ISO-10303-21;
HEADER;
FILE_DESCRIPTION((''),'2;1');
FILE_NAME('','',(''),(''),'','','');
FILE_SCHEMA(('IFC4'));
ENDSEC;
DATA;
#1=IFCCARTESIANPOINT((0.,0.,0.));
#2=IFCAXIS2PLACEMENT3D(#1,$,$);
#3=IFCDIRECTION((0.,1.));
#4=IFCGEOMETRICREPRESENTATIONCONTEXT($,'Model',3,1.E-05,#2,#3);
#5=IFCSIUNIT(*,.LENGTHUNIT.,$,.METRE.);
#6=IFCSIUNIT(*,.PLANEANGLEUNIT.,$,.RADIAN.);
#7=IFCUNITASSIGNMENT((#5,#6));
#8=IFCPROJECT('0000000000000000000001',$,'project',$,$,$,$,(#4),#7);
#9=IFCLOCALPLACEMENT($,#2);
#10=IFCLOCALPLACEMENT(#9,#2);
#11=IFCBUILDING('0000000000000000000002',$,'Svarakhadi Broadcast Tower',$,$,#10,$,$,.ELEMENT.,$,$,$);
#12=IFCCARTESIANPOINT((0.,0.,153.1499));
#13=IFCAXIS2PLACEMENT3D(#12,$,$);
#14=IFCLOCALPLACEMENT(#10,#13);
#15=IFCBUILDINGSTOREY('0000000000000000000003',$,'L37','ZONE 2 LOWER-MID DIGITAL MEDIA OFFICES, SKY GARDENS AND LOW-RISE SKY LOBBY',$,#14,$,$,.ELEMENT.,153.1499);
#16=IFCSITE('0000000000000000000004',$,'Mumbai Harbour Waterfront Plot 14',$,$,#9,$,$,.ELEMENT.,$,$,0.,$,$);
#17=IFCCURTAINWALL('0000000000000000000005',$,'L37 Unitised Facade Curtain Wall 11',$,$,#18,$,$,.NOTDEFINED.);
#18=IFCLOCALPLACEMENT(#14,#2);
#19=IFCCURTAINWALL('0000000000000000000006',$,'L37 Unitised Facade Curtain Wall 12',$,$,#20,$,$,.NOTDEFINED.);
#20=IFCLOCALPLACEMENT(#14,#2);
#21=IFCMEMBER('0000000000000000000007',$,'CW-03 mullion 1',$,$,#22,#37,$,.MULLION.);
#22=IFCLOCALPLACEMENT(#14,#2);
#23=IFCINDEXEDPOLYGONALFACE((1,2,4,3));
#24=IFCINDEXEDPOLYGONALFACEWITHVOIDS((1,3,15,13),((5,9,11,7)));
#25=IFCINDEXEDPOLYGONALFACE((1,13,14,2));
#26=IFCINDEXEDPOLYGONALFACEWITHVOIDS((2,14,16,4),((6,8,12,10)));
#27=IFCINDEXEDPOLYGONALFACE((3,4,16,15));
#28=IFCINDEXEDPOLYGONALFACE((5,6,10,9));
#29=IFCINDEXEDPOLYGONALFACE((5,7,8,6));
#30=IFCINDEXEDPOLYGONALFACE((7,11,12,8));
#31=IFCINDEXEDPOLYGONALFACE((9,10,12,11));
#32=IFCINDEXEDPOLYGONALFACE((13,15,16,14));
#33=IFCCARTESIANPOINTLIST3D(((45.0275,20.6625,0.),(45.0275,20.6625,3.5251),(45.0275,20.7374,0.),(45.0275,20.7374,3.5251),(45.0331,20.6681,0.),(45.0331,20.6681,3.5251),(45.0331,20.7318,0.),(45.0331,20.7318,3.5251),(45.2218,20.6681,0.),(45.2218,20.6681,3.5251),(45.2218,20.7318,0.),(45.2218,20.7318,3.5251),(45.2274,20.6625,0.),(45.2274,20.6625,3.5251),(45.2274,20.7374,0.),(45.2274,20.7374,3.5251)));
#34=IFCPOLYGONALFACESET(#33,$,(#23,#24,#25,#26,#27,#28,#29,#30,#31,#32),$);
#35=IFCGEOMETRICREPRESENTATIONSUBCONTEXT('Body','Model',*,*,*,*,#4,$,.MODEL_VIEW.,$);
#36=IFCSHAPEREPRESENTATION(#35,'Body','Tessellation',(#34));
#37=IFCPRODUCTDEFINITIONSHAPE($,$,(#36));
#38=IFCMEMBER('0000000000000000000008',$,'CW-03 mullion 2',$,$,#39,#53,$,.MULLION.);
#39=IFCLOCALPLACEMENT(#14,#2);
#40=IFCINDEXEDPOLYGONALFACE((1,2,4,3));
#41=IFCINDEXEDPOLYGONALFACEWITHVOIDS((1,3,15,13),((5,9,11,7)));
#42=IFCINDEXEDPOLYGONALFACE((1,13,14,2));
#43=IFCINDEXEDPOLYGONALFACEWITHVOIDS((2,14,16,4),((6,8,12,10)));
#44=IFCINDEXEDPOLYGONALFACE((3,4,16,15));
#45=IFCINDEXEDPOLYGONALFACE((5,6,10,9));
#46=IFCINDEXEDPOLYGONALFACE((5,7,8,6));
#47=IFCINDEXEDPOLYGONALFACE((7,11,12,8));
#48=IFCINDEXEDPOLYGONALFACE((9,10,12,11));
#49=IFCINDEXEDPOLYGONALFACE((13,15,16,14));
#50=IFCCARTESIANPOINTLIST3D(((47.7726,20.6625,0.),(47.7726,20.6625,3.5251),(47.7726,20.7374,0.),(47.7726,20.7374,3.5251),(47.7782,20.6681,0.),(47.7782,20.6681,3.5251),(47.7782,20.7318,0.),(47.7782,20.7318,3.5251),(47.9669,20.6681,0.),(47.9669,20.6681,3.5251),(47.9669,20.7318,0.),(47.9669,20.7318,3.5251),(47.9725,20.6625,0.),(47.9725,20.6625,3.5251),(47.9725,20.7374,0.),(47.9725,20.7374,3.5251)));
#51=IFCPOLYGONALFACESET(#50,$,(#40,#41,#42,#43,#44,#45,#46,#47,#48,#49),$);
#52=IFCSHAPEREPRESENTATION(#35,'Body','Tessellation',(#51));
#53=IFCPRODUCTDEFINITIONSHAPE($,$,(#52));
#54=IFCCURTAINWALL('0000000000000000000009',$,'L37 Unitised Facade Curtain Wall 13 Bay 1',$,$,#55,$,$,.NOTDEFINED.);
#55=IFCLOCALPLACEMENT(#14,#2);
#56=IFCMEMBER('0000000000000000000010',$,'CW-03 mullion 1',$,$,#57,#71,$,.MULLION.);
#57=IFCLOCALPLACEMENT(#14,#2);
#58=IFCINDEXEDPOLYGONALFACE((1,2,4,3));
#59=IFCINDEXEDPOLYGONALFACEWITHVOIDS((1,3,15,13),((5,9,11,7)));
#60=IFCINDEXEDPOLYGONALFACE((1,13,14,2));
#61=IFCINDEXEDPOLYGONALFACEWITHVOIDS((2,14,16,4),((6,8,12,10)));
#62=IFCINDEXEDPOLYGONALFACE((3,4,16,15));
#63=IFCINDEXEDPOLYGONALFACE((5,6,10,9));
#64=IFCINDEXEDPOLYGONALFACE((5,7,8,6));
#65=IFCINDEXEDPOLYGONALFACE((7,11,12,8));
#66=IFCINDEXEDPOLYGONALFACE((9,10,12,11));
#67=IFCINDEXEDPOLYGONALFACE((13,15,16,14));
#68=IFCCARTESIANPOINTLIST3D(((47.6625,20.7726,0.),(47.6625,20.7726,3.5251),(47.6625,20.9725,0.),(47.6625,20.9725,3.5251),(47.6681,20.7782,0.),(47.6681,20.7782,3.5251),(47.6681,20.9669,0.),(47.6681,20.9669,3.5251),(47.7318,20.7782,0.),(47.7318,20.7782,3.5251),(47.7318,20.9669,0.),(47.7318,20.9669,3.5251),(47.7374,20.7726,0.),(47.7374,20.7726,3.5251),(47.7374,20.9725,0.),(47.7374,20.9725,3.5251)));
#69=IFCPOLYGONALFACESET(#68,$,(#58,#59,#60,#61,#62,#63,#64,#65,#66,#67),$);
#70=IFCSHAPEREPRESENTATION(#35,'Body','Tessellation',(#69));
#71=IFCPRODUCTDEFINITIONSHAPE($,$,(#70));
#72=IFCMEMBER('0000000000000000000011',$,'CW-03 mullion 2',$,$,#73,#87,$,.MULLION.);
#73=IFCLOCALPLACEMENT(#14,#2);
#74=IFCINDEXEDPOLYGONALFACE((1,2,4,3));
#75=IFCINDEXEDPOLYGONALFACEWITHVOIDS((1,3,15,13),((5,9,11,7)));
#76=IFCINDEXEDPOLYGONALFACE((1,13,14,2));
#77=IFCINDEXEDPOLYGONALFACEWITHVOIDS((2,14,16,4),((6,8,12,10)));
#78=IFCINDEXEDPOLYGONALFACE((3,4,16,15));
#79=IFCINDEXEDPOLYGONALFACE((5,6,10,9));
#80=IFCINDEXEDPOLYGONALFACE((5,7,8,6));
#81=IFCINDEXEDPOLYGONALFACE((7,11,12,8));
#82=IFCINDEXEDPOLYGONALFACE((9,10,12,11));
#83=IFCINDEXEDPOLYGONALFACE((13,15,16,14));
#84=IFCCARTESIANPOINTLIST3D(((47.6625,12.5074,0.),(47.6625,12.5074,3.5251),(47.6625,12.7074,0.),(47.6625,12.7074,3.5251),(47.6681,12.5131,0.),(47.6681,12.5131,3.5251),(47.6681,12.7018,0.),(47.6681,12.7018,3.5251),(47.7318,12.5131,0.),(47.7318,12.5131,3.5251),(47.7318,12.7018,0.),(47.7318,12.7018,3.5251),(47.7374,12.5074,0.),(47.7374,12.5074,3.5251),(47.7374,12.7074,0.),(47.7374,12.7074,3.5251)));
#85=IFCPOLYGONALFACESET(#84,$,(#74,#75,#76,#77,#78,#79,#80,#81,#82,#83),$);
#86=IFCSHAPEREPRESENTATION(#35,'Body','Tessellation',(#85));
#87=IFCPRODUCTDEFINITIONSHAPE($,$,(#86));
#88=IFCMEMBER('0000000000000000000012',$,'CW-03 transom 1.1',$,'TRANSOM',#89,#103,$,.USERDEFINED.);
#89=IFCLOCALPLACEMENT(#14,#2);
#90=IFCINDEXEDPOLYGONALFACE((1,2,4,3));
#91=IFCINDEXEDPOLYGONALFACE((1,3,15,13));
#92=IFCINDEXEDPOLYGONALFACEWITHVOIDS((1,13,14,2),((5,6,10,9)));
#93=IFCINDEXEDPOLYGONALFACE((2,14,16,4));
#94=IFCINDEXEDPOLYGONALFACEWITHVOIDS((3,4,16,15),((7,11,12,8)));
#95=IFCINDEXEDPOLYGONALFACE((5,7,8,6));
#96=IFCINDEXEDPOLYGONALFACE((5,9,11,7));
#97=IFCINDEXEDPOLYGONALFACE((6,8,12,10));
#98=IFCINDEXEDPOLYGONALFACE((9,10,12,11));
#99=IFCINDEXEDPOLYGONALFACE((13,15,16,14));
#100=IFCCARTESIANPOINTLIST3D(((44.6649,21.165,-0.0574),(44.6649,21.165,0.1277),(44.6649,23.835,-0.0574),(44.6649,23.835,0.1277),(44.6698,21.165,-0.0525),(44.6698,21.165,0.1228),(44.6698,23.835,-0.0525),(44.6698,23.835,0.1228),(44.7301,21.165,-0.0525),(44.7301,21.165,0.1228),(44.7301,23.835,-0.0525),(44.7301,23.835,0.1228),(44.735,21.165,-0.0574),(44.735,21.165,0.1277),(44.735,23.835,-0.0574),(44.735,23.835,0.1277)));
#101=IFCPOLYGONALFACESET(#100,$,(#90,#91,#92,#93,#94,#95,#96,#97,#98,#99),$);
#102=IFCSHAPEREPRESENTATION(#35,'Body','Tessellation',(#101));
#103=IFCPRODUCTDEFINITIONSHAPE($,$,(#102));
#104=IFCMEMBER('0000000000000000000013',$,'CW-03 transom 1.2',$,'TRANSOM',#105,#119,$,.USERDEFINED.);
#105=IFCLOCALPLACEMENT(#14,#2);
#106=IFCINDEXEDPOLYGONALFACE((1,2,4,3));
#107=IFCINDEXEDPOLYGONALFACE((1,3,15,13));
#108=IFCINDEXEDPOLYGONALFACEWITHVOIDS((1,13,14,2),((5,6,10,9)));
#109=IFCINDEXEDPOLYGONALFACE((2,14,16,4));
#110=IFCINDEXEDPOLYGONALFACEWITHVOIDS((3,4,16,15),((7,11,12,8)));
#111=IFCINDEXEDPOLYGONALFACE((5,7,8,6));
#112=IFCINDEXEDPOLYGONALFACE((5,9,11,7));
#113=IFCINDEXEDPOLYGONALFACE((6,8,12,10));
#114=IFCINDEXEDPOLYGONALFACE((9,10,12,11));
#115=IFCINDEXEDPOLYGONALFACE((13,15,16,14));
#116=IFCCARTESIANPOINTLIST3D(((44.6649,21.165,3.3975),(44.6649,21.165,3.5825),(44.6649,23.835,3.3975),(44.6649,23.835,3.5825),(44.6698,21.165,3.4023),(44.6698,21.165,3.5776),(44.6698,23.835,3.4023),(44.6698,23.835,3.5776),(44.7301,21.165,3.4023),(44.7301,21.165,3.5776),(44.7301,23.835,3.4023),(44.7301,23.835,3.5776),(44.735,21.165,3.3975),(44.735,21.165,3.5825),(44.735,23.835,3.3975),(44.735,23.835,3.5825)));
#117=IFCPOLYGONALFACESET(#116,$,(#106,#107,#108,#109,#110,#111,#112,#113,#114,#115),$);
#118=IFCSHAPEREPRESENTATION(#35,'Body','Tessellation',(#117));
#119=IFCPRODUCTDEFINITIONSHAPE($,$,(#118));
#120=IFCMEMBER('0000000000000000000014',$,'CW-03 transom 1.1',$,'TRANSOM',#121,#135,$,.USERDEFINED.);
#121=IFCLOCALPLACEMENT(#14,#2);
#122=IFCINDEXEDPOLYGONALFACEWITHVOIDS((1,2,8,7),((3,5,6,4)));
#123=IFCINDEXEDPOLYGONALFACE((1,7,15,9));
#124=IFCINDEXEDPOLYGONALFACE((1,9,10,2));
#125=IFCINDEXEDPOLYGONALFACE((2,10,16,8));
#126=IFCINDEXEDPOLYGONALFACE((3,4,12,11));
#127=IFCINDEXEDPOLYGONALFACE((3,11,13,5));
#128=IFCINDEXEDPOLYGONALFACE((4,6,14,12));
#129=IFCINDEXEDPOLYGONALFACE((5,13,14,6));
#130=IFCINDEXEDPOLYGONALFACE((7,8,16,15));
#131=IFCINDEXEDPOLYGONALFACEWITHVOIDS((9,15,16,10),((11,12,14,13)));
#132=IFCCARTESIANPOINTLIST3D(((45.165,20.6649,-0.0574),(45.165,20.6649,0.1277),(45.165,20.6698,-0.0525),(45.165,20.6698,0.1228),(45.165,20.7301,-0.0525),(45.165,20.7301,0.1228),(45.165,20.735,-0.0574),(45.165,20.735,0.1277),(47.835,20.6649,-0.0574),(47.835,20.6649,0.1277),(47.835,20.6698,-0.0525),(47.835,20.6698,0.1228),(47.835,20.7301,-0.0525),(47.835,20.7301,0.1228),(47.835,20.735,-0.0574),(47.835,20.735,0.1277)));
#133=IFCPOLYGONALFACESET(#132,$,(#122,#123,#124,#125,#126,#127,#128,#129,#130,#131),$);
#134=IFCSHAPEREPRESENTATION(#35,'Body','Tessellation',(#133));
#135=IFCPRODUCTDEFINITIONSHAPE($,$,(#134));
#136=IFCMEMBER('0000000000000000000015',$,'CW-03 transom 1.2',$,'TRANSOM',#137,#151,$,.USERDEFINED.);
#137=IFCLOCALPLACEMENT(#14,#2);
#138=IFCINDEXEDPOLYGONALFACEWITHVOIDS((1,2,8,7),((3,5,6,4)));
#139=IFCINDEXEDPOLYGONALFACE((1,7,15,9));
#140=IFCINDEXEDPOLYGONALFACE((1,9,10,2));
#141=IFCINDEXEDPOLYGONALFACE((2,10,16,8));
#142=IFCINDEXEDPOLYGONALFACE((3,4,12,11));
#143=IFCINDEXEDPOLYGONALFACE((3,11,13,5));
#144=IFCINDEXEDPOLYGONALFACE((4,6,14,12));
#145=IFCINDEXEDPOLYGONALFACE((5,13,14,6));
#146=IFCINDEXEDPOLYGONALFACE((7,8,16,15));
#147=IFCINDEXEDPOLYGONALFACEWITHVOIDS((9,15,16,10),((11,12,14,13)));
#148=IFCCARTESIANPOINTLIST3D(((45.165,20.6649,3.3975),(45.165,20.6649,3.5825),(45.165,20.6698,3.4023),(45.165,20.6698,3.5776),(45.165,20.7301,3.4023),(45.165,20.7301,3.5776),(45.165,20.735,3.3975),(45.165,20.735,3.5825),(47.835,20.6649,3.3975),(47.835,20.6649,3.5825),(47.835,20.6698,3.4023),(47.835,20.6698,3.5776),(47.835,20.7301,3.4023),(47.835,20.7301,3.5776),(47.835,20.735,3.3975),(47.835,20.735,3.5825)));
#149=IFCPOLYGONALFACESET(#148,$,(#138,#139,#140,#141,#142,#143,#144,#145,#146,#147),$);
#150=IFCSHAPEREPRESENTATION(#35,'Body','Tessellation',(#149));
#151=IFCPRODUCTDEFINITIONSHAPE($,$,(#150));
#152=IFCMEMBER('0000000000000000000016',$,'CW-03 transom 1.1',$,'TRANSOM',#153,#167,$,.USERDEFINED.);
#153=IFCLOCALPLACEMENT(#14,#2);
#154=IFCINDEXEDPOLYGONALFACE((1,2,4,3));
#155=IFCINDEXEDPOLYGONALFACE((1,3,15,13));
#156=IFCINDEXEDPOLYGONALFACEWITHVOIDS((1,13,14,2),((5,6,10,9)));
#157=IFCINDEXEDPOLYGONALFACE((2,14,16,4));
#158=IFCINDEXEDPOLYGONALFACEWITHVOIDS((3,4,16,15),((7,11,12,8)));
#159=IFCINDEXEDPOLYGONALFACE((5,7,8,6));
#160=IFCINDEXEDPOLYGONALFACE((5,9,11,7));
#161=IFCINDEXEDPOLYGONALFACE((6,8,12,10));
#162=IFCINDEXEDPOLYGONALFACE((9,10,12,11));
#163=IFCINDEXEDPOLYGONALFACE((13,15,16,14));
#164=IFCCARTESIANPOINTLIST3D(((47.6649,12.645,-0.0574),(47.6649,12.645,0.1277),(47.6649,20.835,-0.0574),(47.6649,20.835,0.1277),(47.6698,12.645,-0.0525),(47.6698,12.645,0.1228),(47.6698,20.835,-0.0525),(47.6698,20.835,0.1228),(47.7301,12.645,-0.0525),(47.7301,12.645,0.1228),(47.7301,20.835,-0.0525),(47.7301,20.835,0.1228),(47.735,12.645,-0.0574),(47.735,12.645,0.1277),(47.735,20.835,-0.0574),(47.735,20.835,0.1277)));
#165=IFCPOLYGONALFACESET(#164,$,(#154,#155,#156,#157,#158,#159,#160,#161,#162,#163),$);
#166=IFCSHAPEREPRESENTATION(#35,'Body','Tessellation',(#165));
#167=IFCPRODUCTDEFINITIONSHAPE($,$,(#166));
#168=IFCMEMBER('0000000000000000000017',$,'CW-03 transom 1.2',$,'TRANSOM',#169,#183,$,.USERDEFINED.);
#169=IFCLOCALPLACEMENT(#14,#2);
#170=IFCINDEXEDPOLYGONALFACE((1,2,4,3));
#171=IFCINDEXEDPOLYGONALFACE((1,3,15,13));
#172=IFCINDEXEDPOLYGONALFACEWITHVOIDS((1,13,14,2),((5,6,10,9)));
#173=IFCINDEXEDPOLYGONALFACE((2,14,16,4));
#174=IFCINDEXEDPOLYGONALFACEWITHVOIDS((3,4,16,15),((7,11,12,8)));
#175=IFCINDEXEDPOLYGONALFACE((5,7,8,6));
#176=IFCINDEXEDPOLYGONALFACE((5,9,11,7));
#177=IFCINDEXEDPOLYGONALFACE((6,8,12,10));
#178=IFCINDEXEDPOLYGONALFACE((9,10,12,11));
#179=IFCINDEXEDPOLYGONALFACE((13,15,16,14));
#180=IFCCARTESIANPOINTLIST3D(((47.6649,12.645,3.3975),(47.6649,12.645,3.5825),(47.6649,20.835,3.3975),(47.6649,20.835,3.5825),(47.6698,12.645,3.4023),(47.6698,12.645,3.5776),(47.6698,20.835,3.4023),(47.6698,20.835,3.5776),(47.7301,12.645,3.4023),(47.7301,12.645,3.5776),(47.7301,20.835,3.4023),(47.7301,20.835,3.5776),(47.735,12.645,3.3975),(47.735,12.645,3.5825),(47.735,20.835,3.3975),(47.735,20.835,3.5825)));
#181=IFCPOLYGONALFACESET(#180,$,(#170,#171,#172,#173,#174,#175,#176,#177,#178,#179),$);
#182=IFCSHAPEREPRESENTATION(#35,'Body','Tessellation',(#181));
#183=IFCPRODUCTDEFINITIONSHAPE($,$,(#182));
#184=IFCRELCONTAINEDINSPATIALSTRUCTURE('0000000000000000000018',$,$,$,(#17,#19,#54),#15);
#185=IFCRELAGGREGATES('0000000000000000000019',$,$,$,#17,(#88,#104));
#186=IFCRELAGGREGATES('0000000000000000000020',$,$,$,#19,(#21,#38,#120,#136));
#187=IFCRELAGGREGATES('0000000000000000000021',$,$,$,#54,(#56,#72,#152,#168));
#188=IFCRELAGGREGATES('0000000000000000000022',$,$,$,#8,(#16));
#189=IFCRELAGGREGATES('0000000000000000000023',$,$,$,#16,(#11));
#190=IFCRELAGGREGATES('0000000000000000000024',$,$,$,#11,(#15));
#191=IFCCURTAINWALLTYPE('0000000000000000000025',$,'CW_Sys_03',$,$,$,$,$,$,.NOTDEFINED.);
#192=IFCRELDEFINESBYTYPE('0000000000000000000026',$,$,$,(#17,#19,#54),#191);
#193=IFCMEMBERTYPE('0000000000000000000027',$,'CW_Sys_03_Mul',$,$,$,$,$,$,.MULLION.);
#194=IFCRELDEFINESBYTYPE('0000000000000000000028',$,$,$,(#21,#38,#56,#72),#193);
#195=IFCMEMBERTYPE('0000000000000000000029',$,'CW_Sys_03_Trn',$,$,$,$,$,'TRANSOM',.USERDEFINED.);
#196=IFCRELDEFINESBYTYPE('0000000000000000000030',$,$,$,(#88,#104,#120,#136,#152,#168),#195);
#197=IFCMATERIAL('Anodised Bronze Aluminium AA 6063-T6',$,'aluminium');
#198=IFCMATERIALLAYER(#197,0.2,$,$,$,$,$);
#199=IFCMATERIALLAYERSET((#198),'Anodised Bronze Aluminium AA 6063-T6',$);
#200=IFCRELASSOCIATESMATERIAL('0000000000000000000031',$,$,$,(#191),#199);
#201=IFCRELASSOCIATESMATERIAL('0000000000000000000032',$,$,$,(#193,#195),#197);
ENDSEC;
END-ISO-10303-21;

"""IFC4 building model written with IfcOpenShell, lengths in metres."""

from ifc_helpers import new_model, si_unit, direction, frame, origin, origin_2d, place, context, subcontext, project, spatial, hollow_rectangle, extrude, material, layer, layer_set, material_profile, profile_set, type_object, element, aggregate, save


model = new_model("IFC4")

# Units and contexts
model_context = context("Model", 3, precision=1e-05, world=origin(), true_north=direction((0.0, 1.0)))
body_context = subcontext(model_context, "Body", "Model", "MODEL_VIEW")
ifc_project = project(units=[si_unit("LENGTHUNIT", "METRE"), si_unit("PLANEANGLEUNIT", "RADIAN")], contexts=[model_context])

# Site, building, storey
site_placement = place(None, origin())
site = spatial("IfcSite", under=ifc_project, at=site_placement, Name="Mumbai Harbour Waterfront Plot 14", CompositionType="ELEMENT", RefElevation=0.0)
building_placement = place(site_placement, origin())
building = spatial("IfcBuilding", under=site, at=building_placement, Name="Svarakhadi Broadcast Tower", CompositionType="ELEMENT")
storey_placement = place(building_placement, frame((0.0, 0.0, 153.1499)))
storey = spatial("IfcBuildingStorey", under=building, at=storey_placement, Name="L37", Description="ZONE 2 LOWER-MID DIGITAL MEDIA OFFICES, SKY GARDENS AND LOW-RISE SKY LOBBY", CompositionType="ELEMENT", Elevation=153.1499)

# Shared definitions
ifc_material_1 = material(Name="Anodised Bronze Aluminium AA 6063-T6", Category="aluminium")
ifc_layer_1 = layer(ifc_material_1, 0.2)
ifc_layer_set_1 = layer_set([ifc_layer_1], Name="Anodised Bronze Aluminium AA 6063-T6")
curtain_wall_type = type_object("IfcCurtainWallType", Name="CW_Sys_03", PredefinedType="NOTDEFINED", material=ifc_layer_set_1)
ifc_material_profile_1 = material_profile(ifc_material_1, hollow_rectangle(XDim=0.075, YDim=0.2, WallThickness=0.0056, at=origin_2d()), Name="ALU MULLION 200x75x6")
ifc_profile_set_1 = profile_set([ifc_material_profile_1], Name="Anodised Bronze Aluminium AA 6063-T6")
member_type_1 = type_object("IfcMemberType", Name="CW_Sys_03_Mul", PredefinedType="MULLION", material=ifc_profile_set_1)

# Curtain walls, members
curtain_wall_1_placement = place(storey_placement, origin())
curtain_wall_1 = element("IfcCurtainWall", 1, at=curtain_wall_1_placement, inside=storey, type_object=curtain_wall_type, Name="L37 Unitised Facade Curtain Wall 11", PredefinedType="NOTDEFINED")
curtain_wall_2_placement = place(storey_placement, origin())
curtain_wall_2 = element("IfcCurtainWall", 2, at=curtain_wall_2_placement, inside=storey, type_object=curtain_wall_type, Name="L37 Unitised Facade Curtain Wall 12", PredefinedType="NOTDEFINED")
member_1_placement = place(storey_placement, frame((45.1274, 20.7, 0.0), z_axis=(0.0, 0.0, 1.0), x_axis=(0.0, 1.0, 0.0)))
member_1 = element("IfcMember", 3, at=member_1_placement, type_object=member_type_1, Name="CW-03 mullion 1", PredefinedType="MULLION", context=body_context, shape_type="SweptSolid", body=[
    extrude(hollow_rectangle(XDim=0.075, YDim=0.2, WallThickness=0.0056, at=origin_2d()), origin(), (0.0, 0.0, 1.0), 3.5251),
])
member_2_placement = place(storey_placement, frame((47.8726, 20.7, 0.0), z_axis=(0.0, 0.0, 1.0), x_axis=(0.0, 1.0, 0.0)))
member_2 = element("IfcMember", 4, at=member_2_placement, type_object=member_type_1, Name="CW-03 mullion 2", PredefinedType="MULLION", context=body_context, shape_type="SweptSolid", body=[
    extrude(hollow_rectangle(XDim=0.075, YDim=0.2, WallThickness=0.0056, at=origin_2d()), origin(), (0.0, 0.0, 1.0), 3.5251),
])
curtain_wall_3_placement = place(storey_placement, origin())
curtain_wall_3 = element("IfcCurtainWall", 5, at=curtain_wall_3_placement, inside=storey, type_object=curtain_wall_type, Name="L37 Unitised Facade Curtain Wall 13 Bay 1", PredefinedType="NOTDEFINED")
member_3_placement = place(storey_placement, frame((47.7, 20.8726, 0.0), z_axis=(0.0, 0.0, 1.0), x_axis=(1.0, 0.0, 0.0)))
member_3 = element("IfcMember", 6, at=member_3_placement, type_object=member_type_1, Name="CW-03 mullion 1", PredefinedType="MULLION", context=body_context, shape_type="SweptSolid", body=[
    extrude(hollow_rectangle(XDim=0.075, YDim=0.2, WallThickness=0.0056, at=origin_2d()), origin(), (0.0, 0.0, 1.0), 3.5251),
])
member_4_placement = place(storey_placement, frame((47.7, 12.6074, 0.0), z_axis=(0.0, 0.0, 1.0), x_axis=(1.0, 0.0, 0.0)))
member_4 = element("IfcMember", 7, at=member_4_placement, type_object=member_type_1, Name="CW-03 mullion 2", PredefinedType="MULLION", context=body_context, shape_type="SweptSolid", body=[
    extrude(hollow_rectangle(XDim=0.075, YDim=0.2, WallThickness=0.0056, at=origin_2d()), origin(), (0.0, 0.0, 1.0), 3.5251),
])

# Members
ifc_material_profile_2 = material_profile(ifc_material_1, hollow_rectangle(XDim=0.0701, YDim=0.1851, WallThickness=0.0049, at=origin_2d()), Name="ALU TRANSOM 185x70x5")
ifc_profile_set_2 = profile_set([ifc_material_profile_2], Name="Anodised Bronze Aluminium AA 6063-T6")
member_type_2 = type_object("IfcMemberType", Name="CW_Sys_03_Trn", ElementType="TRANSOM", PredefinedType="USERDEFINED", material=ifc_profile_set_2)
member_5_placement = place(storey_placement, frame((44.7, 23.835, 0.0352), z_axis=(0.0, -1.0, 0.0), x_axis=(1.0, 0.0, 0.0)))
member_5 = element("IfcMember", 8, at=member_5_placement, type_object=member_type_2, Name="CW-03 transom 1.1", ObjectType="TRANSOM", PredefinedType="USERDEFINED", context=body_context, shape_type="SweptSolid", body=[
    extrude(hollow_rectangle(XDim=0.0701, YDim=0.1851, WallThickness=0.0049, at=origin_2d()), origin(), (0.0, 0.0, 1.0), 2.6699),
])
member_6_placement = place(storey_placement, frame((44.7, 23.835, 3.49), z_axis=(0.0, -1.0, 0.0), x_axis=(1.0, 0.0, 0.0)))
member_6 = element("IfcMember", 9, at=member_6_placement, type_object=member_type_2, Name="CW-03 transom 1.2", ObjectType="TRANSOM", PredefinedType="USERDEFINED", context=body_context, shape_type="SweptSolid", body=[
    extrude(hollow_rectangle(XDim=0.0701, YDim=0.1851, WallThickness=0.0049, at=origin_2d()), origin(), (0.0, 0.0, 1.0), 2.6699),
])
member_7_placement = place(storey_placement, frame((45.165, 20.7, 0.0352), z_axis=(1.0, 0.0, 0.0), x_axis=(0.0, 1.0, 0.0)))
member_7 = element("IfcMember", 10, at=member_7_placement, type_object=member_type_2, Name="CW-03 transom 1.1", ObjectType="TRANSOM", PredefinedType="USERDEFINED", context=body_context, shape_type="SweptSolid", body=[
    extrude(hollow_rectangle(XDim=0.0701, YDim=0.1851, WallThickness=0.0049, at=origin_2d()), origin(), (0.0, 0.0, 1.0), 2.6699),
])
member_8_placement = place(storey_placement, frame((45.165, 20.7, 3.49), z_axis=(1.0, 0.0, 0.0), x_axis=(0.0, 1.0, 0.0)))
member_8 = element("IfcMember", 11, at=member_8_placement, type_object=member_type_2, Name="CW-03 transom 1.2", ObjectType="TRANSOM", PredefinedType="USERDEFINED", context=body_context, shape_type="SweptSolid", body=[
    extrude(hollow_rectangle(XDim=0.0701, YDim=0.1851, WallThickness=0.0049, at=origin_2d()), origin(), (0.0, 0.0, 1.0), 2.6699),
])
member_9_placement = place(storey_placement, frame((47.7, 20.835, 0.0352), z_axis=(0.0, -1.0, 0.0), x_axis=(1.0, 0.0, 0.0)))
member_9 = element("IfcMember", 12, at=member_9_placement, type_object=member_type_2, Name="CW-03 transom 1.1", ObjectType="TRANSOM", PredefinedType="USERDEFINED", context=body_context, shape_type="SweptSolid", body=[
    extrude(hollow_rectangle(XDim=0.0701, YDim=0.1851, WallThickness=0.0049, at=origin_2d()), origin(), (0.0, 0.0, 1.0), 8.1899),
])
member_10_placement = place(storey_placement, frame((47.7, 20.835, 3.49), z_axis=(0.0, -1.0, 0.0), x_axis=(1.0, 0.0, 0.0)))
member_10 = element("IfcMember", 13, at=member_10_placement, type_object=member_type_2, Name="CW-03 transom 1.2", ObjectType="TRANSOM", PredefinedType="USERDEFINED", context=body_context, shape_type="SweptSolid", body=[
    extrude(hollow_rectangle(XDim=0.0701, YDim=0.1851, WallThickness=0.0049, at=origin_2d()), origin(), (0.0, 0.0, 1.0), 8.1899),
])

aggregate(curtain_wall_1, [member_5, member_6])
aggregate(curtain_wall_2, [member_1, member_2, member_7, member_8])
aggregate(curtain_wall_3, [member_3, member_4, member_9, member_10])

save(model, "model.ifc")
